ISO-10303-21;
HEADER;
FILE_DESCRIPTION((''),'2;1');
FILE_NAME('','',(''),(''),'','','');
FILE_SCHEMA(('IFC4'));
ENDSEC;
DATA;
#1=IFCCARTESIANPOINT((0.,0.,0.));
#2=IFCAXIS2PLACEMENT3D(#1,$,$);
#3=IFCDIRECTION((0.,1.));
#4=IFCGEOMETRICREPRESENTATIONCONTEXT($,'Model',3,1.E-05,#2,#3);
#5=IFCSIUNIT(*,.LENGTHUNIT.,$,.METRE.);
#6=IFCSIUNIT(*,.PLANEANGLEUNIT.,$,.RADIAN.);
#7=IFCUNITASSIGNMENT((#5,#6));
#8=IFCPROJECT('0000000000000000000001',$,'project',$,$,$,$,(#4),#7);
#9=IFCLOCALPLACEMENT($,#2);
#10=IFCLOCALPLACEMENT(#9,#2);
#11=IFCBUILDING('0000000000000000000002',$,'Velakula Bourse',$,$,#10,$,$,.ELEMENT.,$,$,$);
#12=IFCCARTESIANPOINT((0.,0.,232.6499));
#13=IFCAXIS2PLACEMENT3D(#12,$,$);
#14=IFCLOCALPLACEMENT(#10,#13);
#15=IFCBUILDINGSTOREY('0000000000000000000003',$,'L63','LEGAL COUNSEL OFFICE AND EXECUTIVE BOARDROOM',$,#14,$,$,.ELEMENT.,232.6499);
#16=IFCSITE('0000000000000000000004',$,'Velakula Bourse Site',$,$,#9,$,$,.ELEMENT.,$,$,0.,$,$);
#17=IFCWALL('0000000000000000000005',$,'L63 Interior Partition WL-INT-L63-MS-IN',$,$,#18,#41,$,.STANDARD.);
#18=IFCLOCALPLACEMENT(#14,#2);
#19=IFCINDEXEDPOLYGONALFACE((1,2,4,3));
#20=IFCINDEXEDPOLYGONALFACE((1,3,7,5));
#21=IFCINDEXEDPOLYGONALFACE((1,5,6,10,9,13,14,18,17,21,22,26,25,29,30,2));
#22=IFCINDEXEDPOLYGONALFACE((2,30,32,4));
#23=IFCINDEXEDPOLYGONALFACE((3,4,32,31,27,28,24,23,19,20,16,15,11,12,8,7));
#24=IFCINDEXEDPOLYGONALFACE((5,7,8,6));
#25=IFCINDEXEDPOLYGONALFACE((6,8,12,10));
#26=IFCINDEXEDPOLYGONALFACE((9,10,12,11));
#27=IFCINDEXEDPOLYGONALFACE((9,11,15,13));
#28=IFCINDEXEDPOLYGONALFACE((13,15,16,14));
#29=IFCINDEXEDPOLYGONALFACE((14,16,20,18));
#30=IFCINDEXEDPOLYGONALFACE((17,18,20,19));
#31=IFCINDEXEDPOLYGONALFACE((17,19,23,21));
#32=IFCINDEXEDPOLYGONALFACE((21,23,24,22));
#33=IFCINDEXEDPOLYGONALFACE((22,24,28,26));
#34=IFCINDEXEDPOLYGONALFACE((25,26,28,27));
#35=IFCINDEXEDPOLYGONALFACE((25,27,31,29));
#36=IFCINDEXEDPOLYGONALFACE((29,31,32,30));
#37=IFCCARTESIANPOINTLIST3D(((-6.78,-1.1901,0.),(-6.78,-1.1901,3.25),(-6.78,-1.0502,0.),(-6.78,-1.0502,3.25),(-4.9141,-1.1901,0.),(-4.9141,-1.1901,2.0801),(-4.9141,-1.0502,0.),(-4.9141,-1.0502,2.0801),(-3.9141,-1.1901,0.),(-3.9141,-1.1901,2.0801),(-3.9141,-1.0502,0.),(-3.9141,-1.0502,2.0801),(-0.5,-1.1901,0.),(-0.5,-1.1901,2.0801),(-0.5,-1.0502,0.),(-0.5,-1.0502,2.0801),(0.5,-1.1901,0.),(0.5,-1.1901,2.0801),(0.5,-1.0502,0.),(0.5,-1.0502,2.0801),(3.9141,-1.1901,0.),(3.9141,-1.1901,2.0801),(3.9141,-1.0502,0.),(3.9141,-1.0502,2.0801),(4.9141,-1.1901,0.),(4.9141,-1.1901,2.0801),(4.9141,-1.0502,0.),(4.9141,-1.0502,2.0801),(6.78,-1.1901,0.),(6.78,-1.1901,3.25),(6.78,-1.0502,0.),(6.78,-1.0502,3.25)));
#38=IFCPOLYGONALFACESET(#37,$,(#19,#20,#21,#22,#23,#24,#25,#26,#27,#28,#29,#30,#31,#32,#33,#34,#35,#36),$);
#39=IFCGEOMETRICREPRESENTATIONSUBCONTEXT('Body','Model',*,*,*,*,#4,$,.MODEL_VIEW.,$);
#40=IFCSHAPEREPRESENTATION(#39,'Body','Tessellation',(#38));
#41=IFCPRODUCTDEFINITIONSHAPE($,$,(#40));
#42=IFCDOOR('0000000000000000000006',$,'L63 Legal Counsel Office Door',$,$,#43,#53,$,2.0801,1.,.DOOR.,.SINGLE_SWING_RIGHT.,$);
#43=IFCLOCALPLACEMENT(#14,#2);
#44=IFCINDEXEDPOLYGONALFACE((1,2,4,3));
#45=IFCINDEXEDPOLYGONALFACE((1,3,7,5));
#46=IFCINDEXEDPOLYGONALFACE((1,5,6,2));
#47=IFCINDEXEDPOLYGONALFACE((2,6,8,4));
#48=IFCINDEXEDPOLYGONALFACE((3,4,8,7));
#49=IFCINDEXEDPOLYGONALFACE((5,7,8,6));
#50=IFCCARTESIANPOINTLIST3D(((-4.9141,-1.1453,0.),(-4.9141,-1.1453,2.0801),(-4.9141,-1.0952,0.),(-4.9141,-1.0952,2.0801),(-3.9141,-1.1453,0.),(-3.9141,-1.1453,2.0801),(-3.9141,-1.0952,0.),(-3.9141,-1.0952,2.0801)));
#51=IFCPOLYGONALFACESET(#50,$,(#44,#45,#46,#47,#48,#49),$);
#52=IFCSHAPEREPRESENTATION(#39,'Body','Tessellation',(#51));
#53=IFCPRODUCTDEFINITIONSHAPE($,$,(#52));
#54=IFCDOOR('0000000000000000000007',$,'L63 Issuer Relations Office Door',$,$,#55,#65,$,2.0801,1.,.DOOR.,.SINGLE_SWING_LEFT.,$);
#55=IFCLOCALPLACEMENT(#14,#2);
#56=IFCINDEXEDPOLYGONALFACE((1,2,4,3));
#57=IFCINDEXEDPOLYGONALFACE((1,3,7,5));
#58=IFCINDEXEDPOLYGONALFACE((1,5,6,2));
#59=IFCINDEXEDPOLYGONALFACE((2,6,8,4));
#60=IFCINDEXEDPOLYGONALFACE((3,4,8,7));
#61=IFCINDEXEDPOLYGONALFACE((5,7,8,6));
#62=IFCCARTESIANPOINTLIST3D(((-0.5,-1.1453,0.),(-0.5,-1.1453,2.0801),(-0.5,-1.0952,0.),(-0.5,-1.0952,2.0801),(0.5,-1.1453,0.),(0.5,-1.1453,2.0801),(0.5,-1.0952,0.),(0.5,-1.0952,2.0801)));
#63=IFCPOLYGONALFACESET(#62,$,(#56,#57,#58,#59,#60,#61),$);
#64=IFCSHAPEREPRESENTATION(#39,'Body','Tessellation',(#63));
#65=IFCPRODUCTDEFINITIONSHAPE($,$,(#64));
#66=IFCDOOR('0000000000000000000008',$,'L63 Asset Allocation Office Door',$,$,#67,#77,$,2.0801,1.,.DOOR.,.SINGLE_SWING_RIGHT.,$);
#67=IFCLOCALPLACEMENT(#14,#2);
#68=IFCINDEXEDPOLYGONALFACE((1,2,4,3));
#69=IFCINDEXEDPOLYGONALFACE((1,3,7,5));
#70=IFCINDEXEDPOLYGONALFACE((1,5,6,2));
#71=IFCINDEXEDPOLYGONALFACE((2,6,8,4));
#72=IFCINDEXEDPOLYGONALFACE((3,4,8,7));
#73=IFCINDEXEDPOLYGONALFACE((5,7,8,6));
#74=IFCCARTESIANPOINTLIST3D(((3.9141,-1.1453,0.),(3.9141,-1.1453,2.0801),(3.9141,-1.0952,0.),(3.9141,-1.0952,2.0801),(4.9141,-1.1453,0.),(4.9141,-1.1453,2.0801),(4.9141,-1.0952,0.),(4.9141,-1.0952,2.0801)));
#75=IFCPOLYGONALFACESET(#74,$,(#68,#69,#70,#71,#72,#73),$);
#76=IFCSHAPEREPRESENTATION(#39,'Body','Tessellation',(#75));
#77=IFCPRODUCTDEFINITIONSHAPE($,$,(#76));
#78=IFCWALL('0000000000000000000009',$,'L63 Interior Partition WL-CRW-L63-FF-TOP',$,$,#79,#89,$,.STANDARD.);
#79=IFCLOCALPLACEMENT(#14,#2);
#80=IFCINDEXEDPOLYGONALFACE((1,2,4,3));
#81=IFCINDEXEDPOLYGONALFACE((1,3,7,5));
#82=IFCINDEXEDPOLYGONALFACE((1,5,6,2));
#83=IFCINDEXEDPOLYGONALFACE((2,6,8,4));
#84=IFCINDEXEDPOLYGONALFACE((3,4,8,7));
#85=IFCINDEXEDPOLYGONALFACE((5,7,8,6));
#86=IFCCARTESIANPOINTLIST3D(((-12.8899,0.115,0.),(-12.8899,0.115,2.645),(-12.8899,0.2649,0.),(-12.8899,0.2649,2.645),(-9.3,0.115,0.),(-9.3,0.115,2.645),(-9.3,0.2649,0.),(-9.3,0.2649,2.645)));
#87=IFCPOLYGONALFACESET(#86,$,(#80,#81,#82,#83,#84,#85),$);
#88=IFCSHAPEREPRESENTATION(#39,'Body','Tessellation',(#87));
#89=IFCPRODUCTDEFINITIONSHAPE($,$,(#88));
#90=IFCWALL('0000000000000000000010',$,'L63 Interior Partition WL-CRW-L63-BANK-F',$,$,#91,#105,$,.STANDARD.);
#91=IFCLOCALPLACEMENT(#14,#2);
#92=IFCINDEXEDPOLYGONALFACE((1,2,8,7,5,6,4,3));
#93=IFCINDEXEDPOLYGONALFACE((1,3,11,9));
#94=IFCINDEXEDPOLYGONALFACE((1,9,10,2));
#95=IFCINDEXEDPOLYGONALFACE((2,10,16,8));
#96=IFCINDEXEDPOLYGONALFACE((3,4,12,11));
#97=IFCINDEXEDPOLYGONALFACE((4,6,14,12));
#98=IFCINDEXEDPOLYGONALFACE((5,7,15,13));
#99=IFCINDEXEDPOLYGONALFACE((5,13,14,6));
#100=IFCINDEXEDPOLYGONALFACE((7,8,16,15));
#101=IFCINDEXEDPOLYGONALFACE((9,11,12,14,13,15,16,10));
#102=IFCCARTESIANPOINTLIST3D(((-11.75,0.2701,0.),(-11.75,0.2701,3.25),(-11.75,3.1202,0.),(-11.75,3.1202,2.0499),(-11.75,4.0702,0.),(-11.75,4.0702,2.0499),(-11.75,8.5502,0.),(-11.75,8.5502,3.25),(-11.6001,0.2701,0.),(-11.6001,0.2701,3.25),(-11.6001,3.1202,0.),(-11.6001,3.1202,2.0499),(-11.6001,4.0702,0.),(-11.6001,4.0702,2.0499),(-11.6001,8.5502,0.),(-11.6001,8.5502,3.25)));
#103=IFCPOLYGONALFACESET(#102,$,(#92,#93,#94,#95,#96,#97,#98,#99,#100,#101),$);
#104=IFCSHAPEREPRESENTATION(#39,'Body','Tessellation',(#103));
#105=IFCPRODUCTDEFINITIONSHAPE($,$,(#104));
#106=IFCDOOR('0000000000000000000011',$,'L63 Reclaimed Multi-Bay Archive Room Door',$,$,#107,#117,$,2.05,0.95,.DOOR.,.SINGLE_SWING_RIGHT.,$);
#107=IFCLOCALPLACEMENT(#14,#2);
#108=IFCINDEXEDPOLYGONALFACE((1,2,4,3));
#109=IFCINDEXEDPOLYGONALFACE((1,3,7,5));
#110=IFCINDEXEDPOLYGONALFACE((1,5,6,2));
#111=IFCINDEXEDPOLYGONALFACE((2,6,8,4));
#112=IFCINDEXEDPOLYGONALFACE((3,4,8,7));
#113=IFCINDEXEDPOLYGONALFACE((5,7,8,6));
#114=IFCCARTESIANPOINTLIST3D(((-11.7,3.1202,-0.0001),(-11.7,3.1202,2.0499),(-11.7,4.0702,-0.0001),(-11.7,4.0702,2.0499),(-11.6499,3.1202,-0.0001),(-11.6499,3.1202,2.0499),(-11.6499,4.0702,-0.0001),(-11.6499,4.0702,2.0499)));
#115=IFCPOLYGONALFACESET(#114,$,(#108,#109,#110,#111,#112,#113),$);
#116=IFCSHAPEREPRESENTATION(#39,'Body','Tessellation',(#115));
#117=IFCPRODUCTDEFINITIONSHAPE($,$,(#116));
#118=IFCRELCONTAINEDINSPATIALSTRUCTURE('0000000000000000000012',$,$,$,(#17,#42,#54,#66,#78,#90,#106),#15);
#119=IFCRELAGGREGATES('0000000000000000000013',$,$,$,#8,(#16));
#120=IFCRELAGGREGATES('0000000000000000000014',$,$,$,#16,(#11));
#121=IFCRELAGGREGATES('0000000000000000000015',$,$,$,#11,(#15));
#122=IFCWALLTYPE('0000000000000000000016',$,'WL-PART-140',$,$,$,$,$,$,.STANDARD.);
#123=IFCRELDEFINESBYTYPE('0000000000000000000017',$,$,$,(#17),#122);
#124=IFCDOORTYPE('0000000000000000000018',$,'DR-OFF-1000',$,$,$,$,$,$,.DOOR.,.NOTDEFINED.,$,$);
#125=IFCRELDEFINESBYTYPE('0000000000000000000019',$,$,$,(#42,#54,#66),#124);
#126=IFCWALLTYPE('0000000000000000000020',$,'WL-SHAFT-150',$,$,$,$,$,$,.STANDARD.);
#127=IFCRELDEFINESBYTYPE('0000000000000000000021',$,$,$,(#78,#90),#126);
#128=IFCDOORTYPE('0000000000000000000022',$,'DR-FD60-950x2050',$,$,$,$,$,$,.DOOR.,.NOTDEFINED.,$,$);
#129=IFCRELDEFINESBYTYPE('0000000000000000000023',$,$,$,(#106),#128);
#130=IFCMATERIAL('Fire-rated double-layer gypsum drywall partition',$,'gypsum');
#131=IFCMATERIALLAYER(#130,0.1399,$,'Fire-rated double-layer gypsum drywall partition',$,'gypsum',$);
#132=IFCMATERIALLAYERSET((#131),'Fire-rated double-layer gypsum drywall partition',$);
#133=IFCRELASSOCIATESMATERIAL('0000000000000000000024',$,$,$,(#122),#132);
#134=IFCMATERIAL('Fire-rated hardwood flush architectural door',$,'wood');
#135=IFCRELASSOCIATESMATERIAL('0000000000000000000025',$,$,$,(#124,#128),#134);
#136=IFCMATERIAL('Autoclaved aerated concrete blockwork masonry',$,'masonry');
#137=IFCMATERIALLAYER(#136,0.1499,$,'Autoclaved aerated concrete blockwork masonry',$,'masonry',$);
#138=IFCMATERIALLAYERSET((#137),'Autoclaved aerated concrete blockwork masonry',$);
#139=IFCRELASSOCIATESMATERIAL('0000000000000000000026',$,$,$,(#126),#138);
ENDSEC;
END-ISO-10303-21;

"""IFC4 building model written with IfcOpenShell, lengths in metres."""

from ifc_helpers import new_model, si_unit, direction, frame, frame_2d, origin, place, context, subcontext, project, spatial, rectangle, extrude, material, layer, layer_set, type_object, element, fill, save


model = new_model("IFC4")

# Units and contexts
model_context = context("Model", 3, precision=1e-05, world=origin(), true_north=direction((0.0, 1.0)))
body_context = subcontext(model_context, "Body", "Model", "MODEL_VIEW")
ifc_project = project(units=[si_unit("LENGTHUNIT", "METRE"), si_unit("PLANEANGLEUNIT", "RADIAN")], contexts=[model_context])

# Site, building, storey
site_placement = place(None, origin())
site = spatial("IfcSite", under=ifc_project, at=site_placement, Name="Velakula Bourse Site", CompositionType="ELEMENT", RefElevation=0.0)
building_placement = place(site_placement, origin())
building = spatial("IfcBuilding", under=site, at=building_placement, Name="Velakula Bourse", CompositionType="ELEMENT")
storey_placement = place(building_placement, frame((0.0, 0.0, 232.6499)))
storey = spatial("IfcBuildingStorey", under=building, at=storey_placement, Name="L63", Description="LEGAL COUNSEL OFFICE AND EXECUTIVE BOARDROOM", CompositionType="ELEMENT", Elevation=232.6499)

# Shared definitions
ifc_material_1 = material(Name="Fire-rated double-layer gypsum drywall partition", Category="gypsum")
ifc_layer_1 = layer(ifc_material_1, 0.1399, Name="Fire-rated double-layer gypsum drywall partition", Category="gypsum")
ifc_layer_set_1 = layer_set([ifc_layer_1], Name="Fire-rated double-layer gypsum drywall partition")
wall_type_1 = type_object("IfcWallType", Name="WL-PART-140", PredefinedType="STANDARD", material=ifc_layer_set_1)
ifc_material_2 = material(Name="Fire-rated hardwood flush architectural door", Category="wood")
door_type_1 = type_object("IfcDoorType", Name="DR-OFF-1000", OperationType="NOTDEFINED", PredefinedType="DOOR", material=ifc_material_2)

# Wall, openings, doors
wall_1_placement = place(storey_placement, frame((-6.78, -1.1201, 0.0), z_axis=(0.0, 0.0, 1.0), x_axis=(1.0, 0.0, 0.0)))
wall_1 = element("IfcWall", 1, at=wall_1_placement, inside=storey, type_object=wall_type_1, Name="L63 Interior Partition WL-INT-L63-MS-IN", PredefinedType="STANDARD", context=body_context, shape_type="SweptSolid", body=[
    extrude(rectangle(XDim=13.5601, YDim=0.1399, at=frame_2d((6.78, 0.0))), origin(), (0.0, 0.0, 1.0), 3.25),
])
opening_1_placement = place(wall_1_placement, frame((1.866, 0.0, 0.0)))
opening_1 = element("IfcOpeningElement", 2, at=opening_1_placement, cuts=wall_1, PredefinedType="OPENING", context=body_context, shape_type="SweptSolid", body=[
    extrude(rectangle(XDim=1.0, YDim=2.0801, at=frame_2d((0.5, 1.04))), frame((0.0, 0.0798, 0.0), z_axis=(0.0, -1.0, 0.0), x_axis=(1.0, 0.0, 0.0)), (0.0, 0.0, 1.0), 0.1599),
])
opening_2_placement = place(wall_1_placement, frame((6.28, 0.0, 0.0)))
opening_2 = element("IfcOpeningElement", 3, at=opening_2_placement, cuts=wall_1, PredefinedType="OPENING", context=body_context, shape_type="SweptSolid", body=[
    extrude(rectangle(XDim=1.0, YDim=2.0801, at=frame_2d((0.5, 1.04))), frame((0.0, 0.0798, 0.0), z_axis=(0.0, -1.0, 0.0), x_axis=(1.0, 0.0, 0.0)), (0.0, 0.0, 1.0), 0.1599),
])
opening_3_placement = place(wall_1_placement, frame((10.6941, 0.0, 0.0)))
opening_3 = element("IfcOpeningElement", 4, at=opening_3_placement, cuts=wall_1, PredefinedType="OPENING", context=body_context, shape_type="SweptSolid", body=[
    extrude(rectangle(XDim=1.0, YDim=2.0801, at=frame_2d((0.5, 1.04))), frame((0.0, 0.0798, 0.0), z_axis=(0.0, -1.0, 0.0), x_axis=(1.0, 0.0, 0.0)), (0.0, 0.0, 1.0), 0.1599),
])
door_1_placement = place(opening_1_placement, origin())
door_1 = element("IfcDoor", 5, at=door_1_placement, inside=storey, type_object=door_type_1, Name="L63 Legal Counsel Office Door", OperationType="SINGLE_SWING_RIGHT", OverallHeight=2.0801, OverallWidth=1.0, PredefinedType="DOOR", context=body_context, shape_type="SweptSolid", body=[
    extrude(rectangle(XDim=1.0, YDim=2.0801, at=frame_2d((0.5, 1.04))), frame((0.0, 0.0249, 0.0), z_axis=(0.0, -1.0, 0.0), x_axis=(1.0, 0.0, 0.0)), (0.0, 0.0, 1.0), 0.05),
])
fill(opening_1, door_1)
door_2_placement = place(opening_2_placement, origin())
door_2 = element("IfcDoor", 6, at=door_2_placement, inside=storey, type_object=door_type_1, Name="L63 Issuer Relations Office Door", OperationType="SINGLE_SWING_LEFT", OverallHeight=2.0801, OverallWidth=1.0, PredefinedType="DOOR", context=body_context, shape_type="SweptSolid", body=[
    extrude(rectangle(XDim=1.0, YDim=2.0801, at=frame_2d((0.5, 1.04))), frame((0.0, 0.0249, 0.0), z_axis=(0.0, -1.0, 0.0), x_axis=(1.0, 0.0, 0.0)), (0.0, 0.0, 1.0), 0.05),
])
fill(opening_2, door_2)
door_3_placement = place(opening_3_placement, origin())
door_3 = element("IfcDoor", 7, at=door_3_placement, inside=storey, type_object=door_type_1, Name="L63 Asset Allocation Office Door", OperationType="SINGLE_SWING_RIGHT", OverallHeight=2.0801, OverallWidth=1.0, PredefinedType="DOOR", context=body_context, shape_type="SweptSolid", body=[
    extrude(rectangle(XDim=1.0, YDim=2.0801, at=frame_2d((0.5, 1.04))), frame((0.0, 0.0249, 0.0), z_axis=(0.0, -1.0, 0.0), x_axis=(1.0, 0.0, 0.0)), (0.0, 0.0, 1.0), 0.05),
])
fill(opening_3, door_3)

# Wall
ifc_material_3 = material(Name="Autoclaved aerated concrete blockwork masonry", Category="masonry")
ifc_layer_2 = layer(ifc_material_3, 0.1499, Name="Autoclaved aerated concrete blockwork masonry", Category="masonry")
ifc_layer_set_2 = layer_set([ifc_layer_2], Name="Autoclaved aerated concrete blockwork masonry")
wall_type_2 = type_object("IfcWallType", Name="WL-SHAFT-150", PredefinedType="STANDARD", material=ifc_layer_set_2)
wall_2_placement = place(storey_placement, frame((-12.8899, 0.1899, 0.0), z_axis=(0.0, 0.0, 1.0), x_axis=(1.0, 0.0, 0.0)))
element("IfcWall", 8, at=wall_2_placement, inside=storey, type_object=wall_type_2, Name="L63 Interior Partition WL-CRW-L63-FF-TOP", PredefinedType="STANDARD", context=body_context, shape_type="SweptSolid", body=[
    extrude(rectangle(XDim=3.5898, YDim=0.1499, at=frame_2d((1.7949, 0.0))), origin(), (0.0, 0.0, 1.0), 2.645),
])

# Wall, opening, door
wall_3_placement = place(storey_placement, frame((-11.675, 0.27, 0.0), z_axis=(0.0, 0.0, 1.0), x_axis=(0.0, 1.0, 0.0)))
wall_3 = element("IfcWall", 9, at=wall_3_placement, inside=storey, type_object=wall_type_2, Name="L63 Interior Partition WL-CRW-L63-BANK-F", PredefinedType="STANDARD", context=body_context, shape_type="SweptSolid", body=[
    extrude(rectangle(XDim=8.28, YDim=0.1499, at=frame_2d((4.1401, 0.0))), origin(), (0.0, 0.0, 1.0), 3.25),
])
opening_4_placement = place(wall_3_placement, frame((2.8501, 0.0, 0.0)))
opening_4 = element("IfcOpeningElement", 10, at=opening_4_placement, cuts=wall_3, PredefinedType="OPENING", context=body_context, shape_type="SweptSolid", body=[
    extrude(rectangle(XDim=0.95, YDim=2.05, at=frame_2d((0.4751, 1.0249))), frame((0.0, 0.085, 0.0), z_axis=(0.0, -1.0, 0.0), x_axis=(1.0, 0.0, 0.0)), (0.0, 0.0, 1.0), 0.1699),
])
door_type_2 = type_object("IfcDoorType", Name="DR-FD60-950x2050", OperationType="NOTDEFINED", PredefinedType="DOOR", material=ifc_material_2)
door_4_placement = place(opening_4_placement, origin())
door_4 = element("IfcDoor", 11, at=door_4_placement, inside=storey, type_object=door_type_2, Name="L63 Reclaimed Multi-Bay Archive Room Door", OperationType="SINGLE_SWING_RIGHT", OverallHeight=2.05, OverallWidth=0.95, PredefinedType="DOOR", context=body_context, shape_type="SweptSolid", body=[
    extrude(rectangle(XDim=0.95, YDim=2.05, at=frame_2d((0.4751, 1.0249))), frame((0.0, 0.0249, 0.0), z_axis=(0.0, -1.0, 0.0), x_axis=(1.0, 0.0, 0.0)), (0.0, 0.0, 1.0), 0.05),
])
fill(opening_4, door_4)

save(model, "model.ifc")
